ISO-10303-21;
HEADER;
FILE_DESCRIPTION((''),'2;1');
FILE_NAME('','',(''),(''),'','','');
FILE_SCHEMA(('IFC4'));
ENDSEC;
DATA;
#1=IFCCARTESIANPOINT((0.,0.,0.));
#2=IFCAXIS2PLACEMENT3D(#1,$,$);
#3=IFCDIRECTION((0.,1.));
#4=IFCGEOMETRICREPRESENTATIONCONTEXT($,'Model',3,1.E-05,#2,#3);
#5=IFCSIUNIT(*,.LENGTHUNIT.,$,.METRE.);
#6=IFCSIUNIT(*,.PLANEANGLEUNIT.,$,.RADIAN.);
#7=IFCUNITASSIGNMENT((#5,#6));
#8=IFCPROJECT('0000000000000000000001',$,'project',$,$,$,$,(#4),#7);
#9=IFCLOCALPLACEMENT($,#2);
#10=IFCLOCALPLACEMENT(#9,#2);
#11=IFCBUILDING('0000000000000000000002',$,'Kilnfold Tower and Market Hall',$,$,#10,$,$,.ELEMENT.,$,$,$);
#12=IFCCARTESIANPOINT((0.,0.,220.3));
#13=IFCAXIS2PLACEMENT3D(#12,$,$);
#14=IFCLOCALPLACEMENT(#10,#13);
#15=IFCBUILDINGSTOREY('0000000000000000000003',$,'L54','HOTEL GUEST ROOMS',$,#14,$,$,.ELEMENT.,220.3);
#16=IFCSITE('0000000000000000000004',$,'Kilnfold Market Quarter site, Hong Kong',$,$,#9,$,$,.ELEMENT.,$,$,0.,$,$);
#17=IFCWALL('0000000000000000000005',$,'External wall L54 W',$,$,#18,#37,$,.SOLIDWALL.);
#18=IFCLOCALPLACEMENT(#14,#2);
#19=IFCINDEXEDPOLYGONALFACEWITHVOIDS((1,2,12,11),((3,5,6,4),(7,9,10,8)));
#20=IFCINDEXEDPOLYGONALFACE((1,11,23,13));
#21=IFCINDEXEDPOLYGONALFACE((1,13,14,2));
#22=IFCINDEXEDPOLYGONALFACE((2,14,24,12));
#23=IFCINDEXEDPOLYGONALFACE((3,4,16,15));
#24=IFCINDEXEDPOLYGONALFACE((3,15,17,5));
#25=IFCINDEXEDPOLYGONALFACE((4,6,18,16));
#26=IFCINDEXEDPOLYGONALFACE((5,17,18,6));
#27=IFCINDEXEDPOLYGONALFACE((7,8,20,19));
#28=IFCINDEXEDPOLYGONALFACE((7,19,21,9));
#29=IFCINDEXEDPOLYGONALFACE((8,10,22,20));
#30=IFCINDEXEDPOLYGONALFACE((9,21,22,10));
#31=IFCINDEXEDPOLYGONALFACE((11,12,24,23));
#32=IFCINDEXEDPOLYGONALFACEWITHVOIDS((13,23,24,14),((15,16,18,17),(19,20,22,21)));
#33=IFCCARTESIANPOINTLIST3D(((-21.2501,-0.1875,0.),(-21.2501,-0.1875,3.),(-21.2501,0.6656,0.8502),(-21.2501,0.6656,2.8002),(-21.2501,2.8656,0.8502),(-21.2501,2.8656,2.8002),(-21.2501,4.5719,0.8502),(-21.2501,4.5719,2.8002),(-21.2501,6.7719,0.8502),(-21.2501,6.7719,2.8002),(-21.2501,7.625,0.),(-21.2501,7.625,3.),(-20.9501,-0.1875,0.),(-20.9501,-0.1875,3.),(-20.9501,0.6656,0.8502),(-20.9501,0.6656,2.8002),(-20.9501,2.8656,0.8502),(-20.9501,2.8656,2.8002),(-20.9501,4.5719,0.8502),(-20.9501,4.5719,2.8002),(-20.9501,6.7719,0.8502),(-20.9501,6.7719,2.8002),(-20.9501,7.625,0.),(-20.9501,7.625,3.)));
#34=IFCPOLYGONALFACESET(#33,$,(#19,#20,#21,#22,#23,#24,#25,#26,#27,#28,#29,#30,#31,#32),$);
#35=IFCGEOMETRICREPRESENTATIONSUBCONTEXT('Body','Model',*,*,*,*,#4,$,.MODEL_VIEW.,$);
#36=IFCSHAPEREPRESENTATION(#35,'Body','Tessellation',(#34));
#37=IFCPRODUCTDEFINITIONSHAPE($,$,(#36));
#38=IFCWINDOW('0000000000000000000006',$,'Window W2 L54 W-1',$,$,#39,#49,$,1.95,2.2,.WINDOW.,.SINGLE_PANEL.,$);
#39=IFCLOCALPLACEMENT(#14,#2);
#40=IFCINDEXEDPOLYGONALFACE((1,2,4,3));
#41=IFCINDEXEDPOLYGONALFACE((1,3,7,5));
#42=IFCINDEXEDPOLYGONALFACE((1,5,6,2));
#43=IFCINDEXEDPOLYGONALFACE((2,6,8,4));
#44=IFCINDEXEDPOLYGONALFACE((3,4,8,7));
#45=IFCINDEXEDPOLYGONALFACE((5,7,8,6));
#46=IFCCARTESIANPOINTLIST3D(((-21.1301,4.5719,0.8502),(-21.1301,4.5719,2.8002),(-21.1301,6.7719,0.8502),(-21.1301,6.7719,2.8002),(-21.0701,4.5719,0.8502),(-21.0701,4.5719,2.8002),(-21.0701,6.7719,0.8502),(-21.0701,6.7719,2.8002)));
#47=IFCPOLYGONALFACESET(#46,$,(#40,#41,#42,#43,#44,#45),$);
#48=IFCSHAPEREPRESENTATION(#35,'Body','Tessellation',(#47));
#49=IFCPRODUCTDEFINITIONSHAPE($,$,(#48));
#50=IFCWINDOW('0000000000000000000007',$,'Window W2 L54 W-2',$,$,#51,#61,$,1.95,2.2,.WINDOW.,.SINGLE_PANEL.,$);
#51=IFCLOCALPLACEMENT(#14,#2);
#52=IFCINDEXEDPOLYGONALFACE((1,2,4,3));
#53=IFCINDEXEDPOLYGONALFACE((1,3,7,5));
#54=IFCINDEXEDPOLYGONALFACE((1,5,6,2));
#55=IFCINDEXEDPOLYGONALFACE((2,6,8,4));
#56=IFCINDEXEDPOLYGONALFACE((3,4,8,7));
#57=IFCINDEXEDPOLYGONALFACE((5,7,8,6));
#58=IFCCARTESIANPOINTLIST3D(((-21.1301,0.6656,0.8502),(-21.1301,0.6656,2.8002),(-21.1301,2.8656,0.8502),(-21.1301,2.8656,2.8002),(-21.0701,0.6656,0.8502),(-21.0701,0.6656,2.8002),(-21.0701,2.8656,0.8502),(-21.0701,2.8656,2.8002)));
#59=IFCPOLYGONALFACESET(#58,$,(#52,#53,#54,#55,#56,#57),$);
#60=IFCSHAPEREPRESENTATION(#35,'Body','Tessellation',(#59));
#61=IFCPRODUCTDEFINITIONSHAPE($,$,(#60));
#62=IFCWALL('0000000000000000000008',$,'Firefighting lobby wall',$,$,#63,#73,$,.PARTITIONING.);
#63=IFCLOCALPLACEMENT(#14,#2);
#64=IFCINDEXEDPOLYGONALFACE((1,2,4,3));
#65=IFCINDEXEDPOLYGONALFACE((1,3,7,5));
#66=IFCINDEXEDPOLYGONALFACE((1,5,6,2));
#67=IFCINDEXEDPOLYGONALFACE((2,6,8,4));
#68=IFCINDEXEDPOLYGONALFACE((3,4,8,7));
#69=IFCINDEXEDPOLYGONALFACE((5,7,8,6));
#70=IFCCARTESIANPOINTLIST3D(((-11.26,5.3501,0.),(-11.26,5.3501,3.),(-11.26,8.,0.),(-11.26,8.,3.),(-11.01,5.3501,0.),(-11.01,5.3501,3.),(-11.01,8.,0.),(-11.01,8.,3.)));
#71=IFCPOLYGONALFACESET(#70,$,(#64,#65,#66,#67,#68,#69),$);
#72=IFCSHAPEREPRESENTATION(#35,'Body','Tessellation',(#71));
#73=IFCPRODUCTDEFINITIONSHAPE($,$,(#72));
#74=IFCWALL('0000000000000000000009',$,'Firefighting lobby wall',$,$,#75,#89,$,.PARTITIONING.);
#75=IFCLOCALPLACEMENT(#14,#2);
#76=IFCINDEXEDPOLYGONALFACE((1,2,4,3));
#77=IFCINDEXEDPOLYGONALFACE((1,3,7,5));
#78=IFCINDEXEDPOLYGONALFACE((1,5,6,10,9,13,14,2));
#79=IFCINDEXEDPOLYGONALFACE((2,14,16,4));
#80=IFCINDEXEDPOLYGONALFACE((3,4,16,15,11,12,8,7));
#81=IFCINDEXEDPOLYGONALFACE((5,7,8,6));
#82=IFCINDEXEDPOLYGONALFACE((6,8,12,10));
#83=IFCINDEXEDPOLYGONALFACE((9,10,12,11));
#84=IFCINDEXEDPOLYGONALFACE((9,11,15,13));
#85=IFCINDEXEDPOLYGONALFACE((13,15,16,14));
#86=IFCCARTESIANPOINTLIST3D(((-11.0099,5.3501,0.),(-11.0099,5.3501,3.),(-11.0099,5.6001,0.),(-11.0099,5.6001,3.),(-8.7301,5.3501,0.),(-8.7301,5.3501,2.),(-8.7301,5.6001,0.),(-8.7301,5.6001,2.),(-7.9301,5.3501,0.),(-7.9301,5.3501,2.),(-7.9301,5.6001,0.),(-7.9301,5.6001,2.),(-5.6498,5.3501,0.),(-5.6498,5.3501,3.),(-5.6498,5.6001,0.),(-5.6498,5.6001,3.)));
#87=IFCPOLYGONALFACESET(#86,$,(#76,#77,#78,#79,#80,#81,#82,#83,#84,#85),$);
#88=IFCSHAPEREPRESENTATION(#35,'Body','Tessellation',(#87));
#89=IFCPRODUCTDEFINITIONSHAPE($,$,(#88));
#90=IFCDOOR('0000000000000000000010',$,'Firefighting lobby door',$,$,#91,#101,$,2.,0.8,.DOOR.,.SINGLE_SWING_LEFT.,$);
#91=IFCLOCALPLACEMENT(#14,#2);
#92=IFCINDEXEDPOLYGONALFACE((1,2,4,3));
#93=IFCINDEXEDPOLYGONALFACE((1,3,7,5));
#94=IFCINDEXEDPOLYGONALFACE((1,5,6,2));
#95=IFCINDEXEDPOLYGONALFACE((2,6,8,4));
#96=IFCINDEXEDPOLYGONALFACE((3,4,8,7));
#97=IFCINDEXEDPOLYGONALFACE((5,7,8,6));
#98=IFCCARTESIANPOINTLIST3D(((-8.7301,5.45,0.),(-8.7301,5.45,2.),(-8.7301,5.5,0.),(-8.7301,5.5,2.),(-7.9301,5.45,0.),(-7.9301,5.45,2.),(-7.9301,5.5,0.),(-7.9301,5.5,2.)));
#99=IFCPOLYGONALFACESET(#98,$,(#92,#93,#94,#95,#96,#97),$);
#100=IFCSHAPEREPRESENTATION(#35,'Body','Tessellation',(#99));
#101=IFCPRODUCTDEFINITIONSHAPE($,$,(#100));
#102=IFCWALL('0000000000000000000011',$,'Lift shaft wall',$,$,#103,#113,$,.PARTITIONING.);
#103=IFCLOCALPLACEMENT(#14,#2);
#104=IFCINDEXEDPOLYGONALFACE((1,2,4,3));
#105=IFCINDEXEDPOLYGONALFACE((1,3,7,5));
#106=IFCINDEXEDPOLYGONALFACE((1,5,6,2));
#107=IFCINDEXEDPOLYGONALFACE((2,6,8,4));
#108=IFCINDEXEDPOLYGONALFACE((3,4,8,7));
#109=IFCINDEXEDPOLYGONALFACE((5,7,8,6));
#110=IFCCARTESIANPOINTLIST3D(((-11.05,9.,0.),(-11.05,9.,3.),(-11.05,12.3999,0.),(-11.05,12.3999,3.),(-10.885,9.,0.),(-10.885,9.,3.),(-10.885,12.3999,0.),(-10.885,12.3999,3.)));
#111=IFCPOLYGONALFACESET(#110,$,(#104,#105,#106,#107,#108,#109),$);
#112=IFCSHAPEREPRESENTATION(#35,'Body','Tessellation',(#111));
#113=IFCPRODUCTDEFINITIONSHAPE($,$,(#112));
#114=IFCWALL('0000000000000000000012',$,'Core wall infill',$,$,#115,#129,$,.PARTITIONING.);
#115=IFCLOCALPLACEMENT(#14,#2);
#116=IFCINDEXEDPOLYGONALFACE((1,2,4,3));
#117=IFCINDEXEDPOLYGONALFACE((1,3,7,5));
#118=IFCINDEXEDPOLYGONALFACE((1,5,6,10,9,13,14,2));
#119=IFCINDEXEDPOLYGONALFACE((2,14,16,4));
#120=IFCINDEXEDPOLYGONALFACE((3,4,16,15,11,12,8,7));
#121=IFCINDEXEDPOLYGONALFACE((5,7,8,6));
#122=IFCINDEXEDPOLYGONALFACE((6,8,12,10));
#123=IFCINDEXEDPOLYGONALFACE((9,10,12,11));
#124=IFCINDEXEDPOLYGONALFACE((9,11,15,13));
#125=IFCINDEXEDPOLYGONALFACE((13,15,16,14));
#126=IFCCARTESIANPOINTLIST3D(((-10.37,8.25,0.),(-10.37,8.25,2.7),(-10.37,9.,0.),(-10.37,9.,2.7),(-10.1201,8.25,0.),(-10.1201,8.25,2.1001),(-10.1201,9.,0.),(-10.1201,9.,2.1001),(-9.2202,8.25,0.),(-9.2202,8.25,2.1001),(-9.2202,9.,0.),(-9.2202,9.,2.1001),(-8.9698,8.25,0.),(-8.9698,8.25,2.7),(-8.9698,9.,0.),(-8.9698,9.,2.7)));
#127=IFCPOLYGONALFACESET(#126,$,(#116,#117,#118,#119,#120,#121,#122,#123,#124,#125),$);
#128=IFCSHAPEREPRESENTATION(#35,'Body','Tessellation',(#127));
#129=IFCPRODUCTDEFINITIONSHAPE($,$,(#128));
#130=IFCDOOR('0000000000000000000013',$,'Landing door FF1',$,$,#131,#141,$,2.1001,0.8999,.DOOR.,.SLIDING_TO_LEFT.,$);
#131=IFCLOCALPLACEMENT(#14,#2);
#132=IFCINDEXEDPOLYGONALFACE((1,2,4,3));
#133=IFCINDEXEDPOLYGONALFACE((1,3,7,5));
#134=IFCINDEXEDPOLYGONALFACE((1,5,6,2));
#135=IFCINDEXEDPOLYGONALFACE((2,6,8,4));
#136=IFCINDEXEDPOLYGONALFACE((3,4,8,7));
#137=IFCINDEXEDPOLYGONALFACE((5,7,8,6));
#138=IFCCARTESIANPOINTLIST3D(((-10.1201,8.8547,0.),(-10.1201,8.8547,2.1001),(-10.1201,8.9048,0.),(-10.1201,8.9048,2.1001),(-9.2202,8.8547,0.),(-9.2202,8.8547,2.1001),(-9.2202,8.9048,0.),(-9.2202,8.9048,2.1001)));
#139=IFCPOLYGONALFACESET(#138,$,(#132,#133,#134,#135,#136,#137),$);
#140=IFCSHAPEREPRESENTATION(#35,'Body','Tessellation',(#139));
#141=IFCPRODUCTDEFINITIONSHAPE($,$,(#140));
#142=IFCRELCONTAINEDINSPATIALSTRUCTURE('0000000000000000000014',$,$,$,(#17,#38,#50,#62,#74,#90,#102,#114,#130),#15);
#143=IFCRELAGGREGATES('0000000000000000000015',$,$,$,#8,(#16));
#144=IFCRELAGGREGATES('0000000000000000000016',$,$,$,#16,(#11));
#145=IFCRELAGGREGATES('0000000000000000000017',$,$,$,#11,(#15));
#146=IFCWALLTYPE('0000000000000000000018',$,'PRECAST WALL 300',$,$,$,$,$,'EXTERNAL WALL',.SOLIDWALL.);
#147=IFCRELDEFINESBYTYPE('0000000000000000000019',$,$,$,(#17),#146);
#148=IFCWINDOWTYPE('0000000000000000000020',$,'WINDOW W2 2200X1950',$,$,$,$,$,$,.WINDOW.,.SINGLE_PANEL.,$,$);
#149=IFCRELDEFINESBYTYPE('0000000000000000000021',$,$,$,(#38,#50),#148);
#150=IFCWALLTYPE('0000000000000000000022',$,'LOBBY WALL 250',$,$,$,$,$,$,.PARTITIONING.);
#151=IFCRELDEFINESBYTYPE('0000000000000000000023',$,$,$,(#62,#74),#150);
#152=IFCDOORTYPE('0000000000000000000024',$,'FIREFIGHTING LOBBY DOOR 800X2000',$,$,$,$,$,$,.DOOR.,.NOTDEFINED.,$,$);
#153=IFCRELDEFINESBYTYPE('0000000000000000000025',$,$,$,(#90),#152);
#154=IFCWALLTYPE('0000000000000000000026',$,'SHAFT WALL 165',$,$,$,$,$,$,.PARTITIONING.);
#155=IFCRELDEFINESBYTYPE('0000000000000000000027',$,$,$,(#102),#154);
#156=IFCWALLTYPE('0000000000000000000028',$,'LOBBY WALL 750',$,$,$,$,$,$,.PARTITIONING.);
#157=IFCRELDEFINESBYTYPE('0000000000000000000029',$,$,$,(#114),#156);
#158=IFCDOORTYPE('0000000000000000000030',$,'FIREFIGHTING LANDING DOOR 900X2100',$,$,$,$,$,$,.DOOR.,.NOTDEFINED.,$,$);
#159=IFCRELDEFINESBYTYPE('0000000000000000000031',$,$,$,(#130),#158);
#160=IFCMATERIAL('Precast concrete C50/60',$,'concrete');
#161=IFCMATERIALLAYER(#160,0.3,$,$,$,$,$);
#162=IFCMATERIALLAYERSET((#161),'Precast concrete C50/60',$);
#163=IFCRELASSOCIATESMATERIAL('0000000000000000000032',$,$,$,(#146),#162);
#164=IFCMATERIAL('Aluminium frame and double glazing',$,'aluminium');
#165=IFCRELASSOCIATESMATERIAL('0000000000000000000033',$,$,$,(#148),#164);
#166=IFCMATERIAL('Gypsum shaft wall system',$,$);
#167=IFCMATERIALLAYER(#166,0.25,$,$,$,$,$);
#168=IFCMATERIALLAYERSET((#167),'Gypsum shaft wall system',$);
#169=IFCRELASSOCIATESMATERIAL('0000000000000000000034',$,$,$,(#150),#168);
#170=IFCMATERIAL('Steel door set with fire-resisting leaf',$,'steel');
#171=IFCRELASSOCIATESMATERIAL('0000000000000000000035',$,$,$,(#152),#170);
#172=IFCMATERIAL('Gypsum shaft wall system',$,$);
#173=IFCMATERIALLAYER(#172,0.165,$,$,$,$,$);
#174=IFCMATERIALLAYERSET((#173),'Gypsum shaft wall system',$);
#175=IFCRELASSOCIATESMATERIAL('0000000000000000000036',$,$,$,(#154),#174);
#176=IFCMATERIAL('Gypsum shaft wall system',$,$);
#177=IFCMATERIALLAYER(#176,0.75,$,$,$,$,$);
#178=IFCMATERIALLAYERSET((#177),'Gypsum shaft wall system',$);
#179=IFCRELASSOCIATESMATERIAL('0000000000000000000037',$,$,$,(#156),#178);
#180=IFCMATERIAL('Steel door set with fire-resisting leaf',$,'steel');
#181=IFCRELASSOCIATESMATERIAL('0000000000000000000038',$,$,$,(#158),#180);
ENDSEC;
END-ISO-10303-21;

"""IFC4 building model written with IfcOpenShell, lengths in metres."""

from ifc_helpers import new_model, si_unit, direction, frame, frame_2d, origin, place, context, subcontext, project, spatial, rectangle, extrude, source, transform, mapped, material, layer, layer_set, type_object, element, fill, save


model = new_model("IFC4")

# Units and contexts
model_context = context("Model", 3, precision=1e-05, world=origin(), true_north=direction((0.0, 1.0)))
body_context = subcontext(model_context, "Body", "Model", "MODEL_VIEW")
ifc_project = project(units=[si_unit("LENGTHUNIT", "METRE"), si_unit("PLANEANGLEUNIT", "RADIAN")], contexts=[model_context])

# Site, building, storey
site_placement = place(None, origin())
site = spatial("IfcSite", under=ifc_project, at=site_placement, Name="Kilnfold Market Quarter site, Hong Kong", CompositionType="ELEMENT", RefElevation=0.0)
building_placement = place(site_placement, origin())
building = spatial("IfcBuilding", under=site, at=building_placement, Name="Kilnfold Tower and Market Hall", CompositionType="ELEMENT")
storey_placement = place(building_placement, frame((0.0, 0.0, 220.3)))
storey = spatial("IfcBuildingStorey", under=building, at=storey_placement, Name="L54", Description="HOTEL GUEST ROOMS", CompositionType="ELEMENT", Elevation=220.3)

# Wall, openings, windows
ifc_material_1 = material(Name="Precast concrete C50/60", Category="concrete")
ifc_layer_1 = layer(ifc_material_1, 0.3)
ifc_layer_set_1 = layer_set([ifc_layer_1], Name="Precast concrete C50/60")
wall_type_1 = type_object("IfcWallType", Name="PRECAST WALL 300", ElementType="EXTERNAL WALL", PredefinedType="SOLIDWALL", material=ifc_layer_set_1)
shared_shape_1 = source(origin(), body_context, "Body", "SweptSolid", [
    extrude(rectangle(XDim=7.8125, YDim=0.3, at=frame_2d((3.9062, 0.0))), origin(), (0.0, 0.0, 1.0), 3.0),
])
wall_1_placement = place(storey_placement, frame((-21.1001, 7.625, 0.0), z_axis=(0.0, 0.0, 1.0), x_axis=(0.0, -1.0, 0.0)))
wall_1 = element("IfcWall", 1, at=wall_1_placement, inside=storey, type_object=wall_type_1, Name="External wall L54 W", PredefinedType="SOLIDWALL", context=body_context, shape_type="MappedRepresentation", body=[
    mapped(shared_shape_1, transform((0.0, 0.0, 0.0))),
])
opening_1_placement = place(wall_1_placement, frame((0.853, 0.0, 0.8501)))
opening_1 = element("IfcOpeningElement", 2, at=opening_1_placement, cuts=wall_1, PredefinedType="OPENING", context=body_context, shape_type="SweptSolid", body=[
    extrude(rectangle(XDim=2.2, YDim=1.95, at=frame_2d((1.1001, 0.9751))), frame((0.0, 0.1602, 0.0), z_axis=(0.0, -1.0, 0.0), x_axis=(1.0, 0.0, 0.0)), (0.0, 0.0, 1.0), 0.3201),
])
opening_2_placement = place(wall_1_placement, frame((4.7593, 0.0, 0.8501)))
opening_2 = element("IfcOpeningElement", 3, at=opening_2_placement, cuts=wall_1, PredefinedType="OPENING", context=body_context, shape_type="SweptSolid", body=[
    extrude(rectangle(XDim=2.2, YDim=1.95, at=frame_2d((1.1001, 0.9751))), frame((0.0, 0.1602, 0.0), z_axis=(0.0, -1.0, 0.0), x_axis=(1.0, 0.0, 0.0)), (0.0, 0.0, 1.0), 0.3201),
])
ifc_material_2 = material(Name="Aluminium frame and double glazing", Category="aluminium")
window_type = type_object("IfcWindowType", Name="WINDOW W2 2200X1950", PartitioningType="SINGLE_PANEL", PredefinedType="WINDOW", material=ifc_material_2)
window_1_placement = place(opening_1_placement, origin())
window_1 = element("IfcWindow", 4, at=window_1_placement, inside=storey, type_object=window_type, Name="Window W2 L54 W-1", OverallHeight=1.95, OverallWidth=2.2, PartitioningType="SINGLE_PANEL", PredefinedType="WINDOW", context=body_context, shape_type="SweptSolid", body=[
    extrude(rectangle(XDim=2.2, YDim=1.95, at=frame_2d((1.1001, 0.9751))), frame((0.0, 0.03, 0.0), z_axis=(0.0, -1.0, 0.0), x_axis=(1.0, 0.0, 0.0)), (0.0, 0.0, 1.0), 0.0601),
])
fill(opening_1, window_1)
window_2_placement = place(opening_2_placement, origin())
window_2 = element("IfcWindow", 5, at=window_2_placement, inside=storey, type_object=window_type, Name="Window W2 L54 W-2", OverallHeight=1.95, OverallWidth=2.2, PartitioningType="SINGLE_PANEL", PredefinedType="WINDOW", context=body_context, shape_type="SweptSolid", body=[
    extrude(rectangle(XDim=2.2, YDim=1.95, at=frame_2d((1.1001, 0.9751))), frame((0.0, 0.03, 0.0), z_axis=(0.0, -1.0, 0.0), x_axis=(1.0, 0.0, 0.0)), (0.0, 0.0, 1.0), 0.0601),
])
fill(opening_2, window_2)

# Wall
ifc_material_3 = material(Name="Gypsum shaft wall system")
ifc_layer_2 = layer(ifc_material_3, 0.25)
ifc_layer_set_2 = layer_set([ifc_layer_2], Name="Gypsum shaft wall system")
wall_type_2 = type_object("IfcWallType", Name="LOBBY WALL 250", PredefinedType="PARTITIONING", material=ifc_layer_set_2)
shared_shape_2 = source(origin(), body_context, "Body", "SweptSolid", [
    extrude(rectangle(XDim=2.6499, YDim=0.25, at=frame_2d((1.325, 0.0))), origin(), (0.0, 0.0, 1.0), 3.0),
])
wall_2_placement = place(storey_placement, frame((-11.135, 5.3501, 0.0), z_axis=(0.0, 0.0, 1.0), x_axis=(0.0, 1.0, 0.0)))
element("IfcWall", 6, at=wall_2_placement, inside=storey, type_object=wall_type_2, Name="Firefighting lobby wall", PredefinedType="PARTITIONING", context=body_context, shape_type="MappedRepresentation", body=[
    mapped(shared_shape_2, transform((0.0, 0.0, 0.0))),
])

# Wall, opening, door
shared_shape_3 = source(origin(), body_context, "Body", "SweptSolid", [
    extrude(rectangle(XDim=5.3601, YDim=0.25, at=frame_2d((2.6802, 0.0))), origin(), (0.0, 0.0, 1.0), 3.0),
])
wall_3_placement = place(storey_placement, frame((-11.01, 5.4751, 0.0), z_axis=(0.0, 0.0, 1.0), x_axis=(1.0, 0.0, 0.0)))
wall_3 = element("IfcWall", 7, at=wall_3_placement, inside=storey, type_object=wall_type_2, Name="Firefighting lobby wall", PredefinedType="PARTITIONING", context=body_context, shape_type="MappedRepresentation", body=[
    mapped(shared_shape_3, transform((0.0, 0.0, 0.0))),
])
opening_3_placement = place(wall_3_placement, frame((2.28, 0.0, 0.0)))
opening_3 = element("IfcOpeningElement", 8, at=opening_3_placement, cuts=wall_3, PredefinedType="OPENING", context=body_context, shape_type="SweptSolid", body=[
    extrude(rectangle(XDim=0.8, YDim=2.0, at=frame_2d((0.3999, 1.0))), frame((0.0, 0.135, 0.0), z_axis=(0.0, -1.0, 0.0), x_axis=(1.0, 0.0, 0.0)), (0.0, 0.0, 1.0), 0.27),
])
ifc_material_4 = material(Name="Steel door set with fire-resisting leaf", Category="steel")
door_type_1 = type_object("IfcDoorType", Name="FIREFIGHTING LOBBY DOOR 800X2000", OperationType="NOTDEFINED", PredefinedType="DOOR", material=ifc_material_4)
door_1_placement = place(opening_3_placement, origin())
door_1 = element("IfcDoor", 9, at=door_1_placement, inside=storey, type_object=door_type_1, Name="Firefighting lobby door", OperationType="SINGLE_SWING_LEFT", OverallHeight=2.0, OverallWidth=0.8, PredefinedType="DOOR", context=body_context, shape_type="SweptSolid", body=[
    extrude(rectangle(XDim=0.8, YDim=2.0, at=frame_2d((0.3999, 1.0))), frame((0.0, 0.0249, 0.0), z_axis=(0.0, -1.0, 0.0), x_axis=(1.0, 0.0, 0.0)), (0.0, 0.0, 1.0), 0.05),
])
fill(opening_3, door_1)

# Wall
ifc_material_5 = material(Name="Gypsum shaft wall system")
ifc_layer_3 = layer(ifc_material_5, 0.165)
ifc_layer_set_3 = layer_set([ifc_layer_3], Name="Gypsum shaft wall system")
wall_type_3 = type_object("IfcWallType", Name="SHAFT WALL 165", PredefinedType="PARTITIONING", material=ifc_layer_set_3)
shared_shape_4 = source(origin(), body_context, "Body", "SweptSolid", [
    extrude(rectangle(XDim=3.3999, YDim=0.165, at=frame_2d((1.7, 0.0))), origin(), (0.0, 0.0, 1.0), 3.0),
])
wall_4_placement = place(storey_placement, frame((-10.9675, 9.0, 0.0), z_axis=(0.0, 0.0, 1.0), x_axis=(0.0, 1.0, 0.0)))
element("IfcWall", 10, at=wall_4_placement, inside=storey, type_object=wall_type_3, Name="Lift shaft wall", PredefinedType="PARTITIONING", context=body_context, shape_type="MappedRepresentation", body=[
    mapped(shared_shape_4, transform((0.0, 0.0, 0.0))),
])

# Wall, opening, door
ifc_material_6 = material(Name="Gypsum shaft wall system")
ifc_layer_4 = layer(ifc_material_6, 0.75)
ifc_layer_set_4 = layer_set([ifc_layer_4], Name="Gypsum shaft wall system")
wall_type_4 = type_object("IfcWallType", Name="LOBBY WALL 750", PredefinedType="PARTITIONING", material=ifc_layer_set_4)
shared_shape_5 = source(origin(), body_context, "Body", "SweptSolid", [
    extrude(rectangle(XDim=1.4001, YDim=0.75, at=frame_2d((0.7002, 0.0))), origin(), (0.0, 0.0, 1.0), 2.7),
])
wall_5_placement = place(storey_placement, frame((-10.3701, 8.625, 0.0), z_axis=(0.0, 0.0, 1.0), x_axis=(1.0, 0.0, 0.0)))
wall_5 = element("IfcWall", 11, at=wall_5_placement, inside=storey, type_object=wall_type_4, Name="Core wall infill", PredefinedType="PARTITIONING", context=body_context, shape_type="MappedRepresentation", body=[
    mapped(shared_shape_5, transform((0.0, 0.0, 0.0))),
])
opening_4_placement = place(wall_5_placement, frame((0.25, 0.0, 0.0)))
opening_4 = element("IfcOpeningElement", 12, at=opening_4_placement, cuts=wall_5, PredefinedType="OPENING", context=body_context, shape_type="SweptSolid", body=[
    extrude(rectangle(XDim=0.8999, YDim=2.1001, at=frame_2d((0.45, 1.05))), frame((0.0, 0.385, 0.0), z_axis=(0.0, -1.0, 0.0), x_axis=(1.0, 0.0, 0.0)), (0.0, 0.0, 1.0), 0.77),
])
ifc_material_7 = material(Name="Steel door set with fire-resisting leaf", Category="steel")
door_type_2 = type_object("IfcDoorType", Name="FIREFIGHTING LANDING DOOR 900X2100", OperationType="NOTDEFINED", PredefinedType="DOOR", material=ifc_material_7)
door_2_placement = place(opening_4_placement, origin())
door_2 = element("IfcDoor", 13, at=door_2_placement, inside=storey, type_object=door_type_2, Name="Landing door FF1", OperationType="SLIDING_TO_LEFT", OverallHeight=2.1001, OverallWidth=0.8999, PredefinedType="DOOR", context=body_context, shape_type="SweptSolid", body=[
    extrude(rectangle(XDim=0.8999, YDim=2.1001, at=frame_2d((0.45, 1.05))), frame((0.0, 0.2798, 0.0), z_axis=(0.0, -1.0, 0.0), x_axis=(1.0, 0.0, 0.0)), (0.0, 0.0, 1.0), 0.05),
])
fill(opening_4, door_2)

save(model, "model.ifc")
